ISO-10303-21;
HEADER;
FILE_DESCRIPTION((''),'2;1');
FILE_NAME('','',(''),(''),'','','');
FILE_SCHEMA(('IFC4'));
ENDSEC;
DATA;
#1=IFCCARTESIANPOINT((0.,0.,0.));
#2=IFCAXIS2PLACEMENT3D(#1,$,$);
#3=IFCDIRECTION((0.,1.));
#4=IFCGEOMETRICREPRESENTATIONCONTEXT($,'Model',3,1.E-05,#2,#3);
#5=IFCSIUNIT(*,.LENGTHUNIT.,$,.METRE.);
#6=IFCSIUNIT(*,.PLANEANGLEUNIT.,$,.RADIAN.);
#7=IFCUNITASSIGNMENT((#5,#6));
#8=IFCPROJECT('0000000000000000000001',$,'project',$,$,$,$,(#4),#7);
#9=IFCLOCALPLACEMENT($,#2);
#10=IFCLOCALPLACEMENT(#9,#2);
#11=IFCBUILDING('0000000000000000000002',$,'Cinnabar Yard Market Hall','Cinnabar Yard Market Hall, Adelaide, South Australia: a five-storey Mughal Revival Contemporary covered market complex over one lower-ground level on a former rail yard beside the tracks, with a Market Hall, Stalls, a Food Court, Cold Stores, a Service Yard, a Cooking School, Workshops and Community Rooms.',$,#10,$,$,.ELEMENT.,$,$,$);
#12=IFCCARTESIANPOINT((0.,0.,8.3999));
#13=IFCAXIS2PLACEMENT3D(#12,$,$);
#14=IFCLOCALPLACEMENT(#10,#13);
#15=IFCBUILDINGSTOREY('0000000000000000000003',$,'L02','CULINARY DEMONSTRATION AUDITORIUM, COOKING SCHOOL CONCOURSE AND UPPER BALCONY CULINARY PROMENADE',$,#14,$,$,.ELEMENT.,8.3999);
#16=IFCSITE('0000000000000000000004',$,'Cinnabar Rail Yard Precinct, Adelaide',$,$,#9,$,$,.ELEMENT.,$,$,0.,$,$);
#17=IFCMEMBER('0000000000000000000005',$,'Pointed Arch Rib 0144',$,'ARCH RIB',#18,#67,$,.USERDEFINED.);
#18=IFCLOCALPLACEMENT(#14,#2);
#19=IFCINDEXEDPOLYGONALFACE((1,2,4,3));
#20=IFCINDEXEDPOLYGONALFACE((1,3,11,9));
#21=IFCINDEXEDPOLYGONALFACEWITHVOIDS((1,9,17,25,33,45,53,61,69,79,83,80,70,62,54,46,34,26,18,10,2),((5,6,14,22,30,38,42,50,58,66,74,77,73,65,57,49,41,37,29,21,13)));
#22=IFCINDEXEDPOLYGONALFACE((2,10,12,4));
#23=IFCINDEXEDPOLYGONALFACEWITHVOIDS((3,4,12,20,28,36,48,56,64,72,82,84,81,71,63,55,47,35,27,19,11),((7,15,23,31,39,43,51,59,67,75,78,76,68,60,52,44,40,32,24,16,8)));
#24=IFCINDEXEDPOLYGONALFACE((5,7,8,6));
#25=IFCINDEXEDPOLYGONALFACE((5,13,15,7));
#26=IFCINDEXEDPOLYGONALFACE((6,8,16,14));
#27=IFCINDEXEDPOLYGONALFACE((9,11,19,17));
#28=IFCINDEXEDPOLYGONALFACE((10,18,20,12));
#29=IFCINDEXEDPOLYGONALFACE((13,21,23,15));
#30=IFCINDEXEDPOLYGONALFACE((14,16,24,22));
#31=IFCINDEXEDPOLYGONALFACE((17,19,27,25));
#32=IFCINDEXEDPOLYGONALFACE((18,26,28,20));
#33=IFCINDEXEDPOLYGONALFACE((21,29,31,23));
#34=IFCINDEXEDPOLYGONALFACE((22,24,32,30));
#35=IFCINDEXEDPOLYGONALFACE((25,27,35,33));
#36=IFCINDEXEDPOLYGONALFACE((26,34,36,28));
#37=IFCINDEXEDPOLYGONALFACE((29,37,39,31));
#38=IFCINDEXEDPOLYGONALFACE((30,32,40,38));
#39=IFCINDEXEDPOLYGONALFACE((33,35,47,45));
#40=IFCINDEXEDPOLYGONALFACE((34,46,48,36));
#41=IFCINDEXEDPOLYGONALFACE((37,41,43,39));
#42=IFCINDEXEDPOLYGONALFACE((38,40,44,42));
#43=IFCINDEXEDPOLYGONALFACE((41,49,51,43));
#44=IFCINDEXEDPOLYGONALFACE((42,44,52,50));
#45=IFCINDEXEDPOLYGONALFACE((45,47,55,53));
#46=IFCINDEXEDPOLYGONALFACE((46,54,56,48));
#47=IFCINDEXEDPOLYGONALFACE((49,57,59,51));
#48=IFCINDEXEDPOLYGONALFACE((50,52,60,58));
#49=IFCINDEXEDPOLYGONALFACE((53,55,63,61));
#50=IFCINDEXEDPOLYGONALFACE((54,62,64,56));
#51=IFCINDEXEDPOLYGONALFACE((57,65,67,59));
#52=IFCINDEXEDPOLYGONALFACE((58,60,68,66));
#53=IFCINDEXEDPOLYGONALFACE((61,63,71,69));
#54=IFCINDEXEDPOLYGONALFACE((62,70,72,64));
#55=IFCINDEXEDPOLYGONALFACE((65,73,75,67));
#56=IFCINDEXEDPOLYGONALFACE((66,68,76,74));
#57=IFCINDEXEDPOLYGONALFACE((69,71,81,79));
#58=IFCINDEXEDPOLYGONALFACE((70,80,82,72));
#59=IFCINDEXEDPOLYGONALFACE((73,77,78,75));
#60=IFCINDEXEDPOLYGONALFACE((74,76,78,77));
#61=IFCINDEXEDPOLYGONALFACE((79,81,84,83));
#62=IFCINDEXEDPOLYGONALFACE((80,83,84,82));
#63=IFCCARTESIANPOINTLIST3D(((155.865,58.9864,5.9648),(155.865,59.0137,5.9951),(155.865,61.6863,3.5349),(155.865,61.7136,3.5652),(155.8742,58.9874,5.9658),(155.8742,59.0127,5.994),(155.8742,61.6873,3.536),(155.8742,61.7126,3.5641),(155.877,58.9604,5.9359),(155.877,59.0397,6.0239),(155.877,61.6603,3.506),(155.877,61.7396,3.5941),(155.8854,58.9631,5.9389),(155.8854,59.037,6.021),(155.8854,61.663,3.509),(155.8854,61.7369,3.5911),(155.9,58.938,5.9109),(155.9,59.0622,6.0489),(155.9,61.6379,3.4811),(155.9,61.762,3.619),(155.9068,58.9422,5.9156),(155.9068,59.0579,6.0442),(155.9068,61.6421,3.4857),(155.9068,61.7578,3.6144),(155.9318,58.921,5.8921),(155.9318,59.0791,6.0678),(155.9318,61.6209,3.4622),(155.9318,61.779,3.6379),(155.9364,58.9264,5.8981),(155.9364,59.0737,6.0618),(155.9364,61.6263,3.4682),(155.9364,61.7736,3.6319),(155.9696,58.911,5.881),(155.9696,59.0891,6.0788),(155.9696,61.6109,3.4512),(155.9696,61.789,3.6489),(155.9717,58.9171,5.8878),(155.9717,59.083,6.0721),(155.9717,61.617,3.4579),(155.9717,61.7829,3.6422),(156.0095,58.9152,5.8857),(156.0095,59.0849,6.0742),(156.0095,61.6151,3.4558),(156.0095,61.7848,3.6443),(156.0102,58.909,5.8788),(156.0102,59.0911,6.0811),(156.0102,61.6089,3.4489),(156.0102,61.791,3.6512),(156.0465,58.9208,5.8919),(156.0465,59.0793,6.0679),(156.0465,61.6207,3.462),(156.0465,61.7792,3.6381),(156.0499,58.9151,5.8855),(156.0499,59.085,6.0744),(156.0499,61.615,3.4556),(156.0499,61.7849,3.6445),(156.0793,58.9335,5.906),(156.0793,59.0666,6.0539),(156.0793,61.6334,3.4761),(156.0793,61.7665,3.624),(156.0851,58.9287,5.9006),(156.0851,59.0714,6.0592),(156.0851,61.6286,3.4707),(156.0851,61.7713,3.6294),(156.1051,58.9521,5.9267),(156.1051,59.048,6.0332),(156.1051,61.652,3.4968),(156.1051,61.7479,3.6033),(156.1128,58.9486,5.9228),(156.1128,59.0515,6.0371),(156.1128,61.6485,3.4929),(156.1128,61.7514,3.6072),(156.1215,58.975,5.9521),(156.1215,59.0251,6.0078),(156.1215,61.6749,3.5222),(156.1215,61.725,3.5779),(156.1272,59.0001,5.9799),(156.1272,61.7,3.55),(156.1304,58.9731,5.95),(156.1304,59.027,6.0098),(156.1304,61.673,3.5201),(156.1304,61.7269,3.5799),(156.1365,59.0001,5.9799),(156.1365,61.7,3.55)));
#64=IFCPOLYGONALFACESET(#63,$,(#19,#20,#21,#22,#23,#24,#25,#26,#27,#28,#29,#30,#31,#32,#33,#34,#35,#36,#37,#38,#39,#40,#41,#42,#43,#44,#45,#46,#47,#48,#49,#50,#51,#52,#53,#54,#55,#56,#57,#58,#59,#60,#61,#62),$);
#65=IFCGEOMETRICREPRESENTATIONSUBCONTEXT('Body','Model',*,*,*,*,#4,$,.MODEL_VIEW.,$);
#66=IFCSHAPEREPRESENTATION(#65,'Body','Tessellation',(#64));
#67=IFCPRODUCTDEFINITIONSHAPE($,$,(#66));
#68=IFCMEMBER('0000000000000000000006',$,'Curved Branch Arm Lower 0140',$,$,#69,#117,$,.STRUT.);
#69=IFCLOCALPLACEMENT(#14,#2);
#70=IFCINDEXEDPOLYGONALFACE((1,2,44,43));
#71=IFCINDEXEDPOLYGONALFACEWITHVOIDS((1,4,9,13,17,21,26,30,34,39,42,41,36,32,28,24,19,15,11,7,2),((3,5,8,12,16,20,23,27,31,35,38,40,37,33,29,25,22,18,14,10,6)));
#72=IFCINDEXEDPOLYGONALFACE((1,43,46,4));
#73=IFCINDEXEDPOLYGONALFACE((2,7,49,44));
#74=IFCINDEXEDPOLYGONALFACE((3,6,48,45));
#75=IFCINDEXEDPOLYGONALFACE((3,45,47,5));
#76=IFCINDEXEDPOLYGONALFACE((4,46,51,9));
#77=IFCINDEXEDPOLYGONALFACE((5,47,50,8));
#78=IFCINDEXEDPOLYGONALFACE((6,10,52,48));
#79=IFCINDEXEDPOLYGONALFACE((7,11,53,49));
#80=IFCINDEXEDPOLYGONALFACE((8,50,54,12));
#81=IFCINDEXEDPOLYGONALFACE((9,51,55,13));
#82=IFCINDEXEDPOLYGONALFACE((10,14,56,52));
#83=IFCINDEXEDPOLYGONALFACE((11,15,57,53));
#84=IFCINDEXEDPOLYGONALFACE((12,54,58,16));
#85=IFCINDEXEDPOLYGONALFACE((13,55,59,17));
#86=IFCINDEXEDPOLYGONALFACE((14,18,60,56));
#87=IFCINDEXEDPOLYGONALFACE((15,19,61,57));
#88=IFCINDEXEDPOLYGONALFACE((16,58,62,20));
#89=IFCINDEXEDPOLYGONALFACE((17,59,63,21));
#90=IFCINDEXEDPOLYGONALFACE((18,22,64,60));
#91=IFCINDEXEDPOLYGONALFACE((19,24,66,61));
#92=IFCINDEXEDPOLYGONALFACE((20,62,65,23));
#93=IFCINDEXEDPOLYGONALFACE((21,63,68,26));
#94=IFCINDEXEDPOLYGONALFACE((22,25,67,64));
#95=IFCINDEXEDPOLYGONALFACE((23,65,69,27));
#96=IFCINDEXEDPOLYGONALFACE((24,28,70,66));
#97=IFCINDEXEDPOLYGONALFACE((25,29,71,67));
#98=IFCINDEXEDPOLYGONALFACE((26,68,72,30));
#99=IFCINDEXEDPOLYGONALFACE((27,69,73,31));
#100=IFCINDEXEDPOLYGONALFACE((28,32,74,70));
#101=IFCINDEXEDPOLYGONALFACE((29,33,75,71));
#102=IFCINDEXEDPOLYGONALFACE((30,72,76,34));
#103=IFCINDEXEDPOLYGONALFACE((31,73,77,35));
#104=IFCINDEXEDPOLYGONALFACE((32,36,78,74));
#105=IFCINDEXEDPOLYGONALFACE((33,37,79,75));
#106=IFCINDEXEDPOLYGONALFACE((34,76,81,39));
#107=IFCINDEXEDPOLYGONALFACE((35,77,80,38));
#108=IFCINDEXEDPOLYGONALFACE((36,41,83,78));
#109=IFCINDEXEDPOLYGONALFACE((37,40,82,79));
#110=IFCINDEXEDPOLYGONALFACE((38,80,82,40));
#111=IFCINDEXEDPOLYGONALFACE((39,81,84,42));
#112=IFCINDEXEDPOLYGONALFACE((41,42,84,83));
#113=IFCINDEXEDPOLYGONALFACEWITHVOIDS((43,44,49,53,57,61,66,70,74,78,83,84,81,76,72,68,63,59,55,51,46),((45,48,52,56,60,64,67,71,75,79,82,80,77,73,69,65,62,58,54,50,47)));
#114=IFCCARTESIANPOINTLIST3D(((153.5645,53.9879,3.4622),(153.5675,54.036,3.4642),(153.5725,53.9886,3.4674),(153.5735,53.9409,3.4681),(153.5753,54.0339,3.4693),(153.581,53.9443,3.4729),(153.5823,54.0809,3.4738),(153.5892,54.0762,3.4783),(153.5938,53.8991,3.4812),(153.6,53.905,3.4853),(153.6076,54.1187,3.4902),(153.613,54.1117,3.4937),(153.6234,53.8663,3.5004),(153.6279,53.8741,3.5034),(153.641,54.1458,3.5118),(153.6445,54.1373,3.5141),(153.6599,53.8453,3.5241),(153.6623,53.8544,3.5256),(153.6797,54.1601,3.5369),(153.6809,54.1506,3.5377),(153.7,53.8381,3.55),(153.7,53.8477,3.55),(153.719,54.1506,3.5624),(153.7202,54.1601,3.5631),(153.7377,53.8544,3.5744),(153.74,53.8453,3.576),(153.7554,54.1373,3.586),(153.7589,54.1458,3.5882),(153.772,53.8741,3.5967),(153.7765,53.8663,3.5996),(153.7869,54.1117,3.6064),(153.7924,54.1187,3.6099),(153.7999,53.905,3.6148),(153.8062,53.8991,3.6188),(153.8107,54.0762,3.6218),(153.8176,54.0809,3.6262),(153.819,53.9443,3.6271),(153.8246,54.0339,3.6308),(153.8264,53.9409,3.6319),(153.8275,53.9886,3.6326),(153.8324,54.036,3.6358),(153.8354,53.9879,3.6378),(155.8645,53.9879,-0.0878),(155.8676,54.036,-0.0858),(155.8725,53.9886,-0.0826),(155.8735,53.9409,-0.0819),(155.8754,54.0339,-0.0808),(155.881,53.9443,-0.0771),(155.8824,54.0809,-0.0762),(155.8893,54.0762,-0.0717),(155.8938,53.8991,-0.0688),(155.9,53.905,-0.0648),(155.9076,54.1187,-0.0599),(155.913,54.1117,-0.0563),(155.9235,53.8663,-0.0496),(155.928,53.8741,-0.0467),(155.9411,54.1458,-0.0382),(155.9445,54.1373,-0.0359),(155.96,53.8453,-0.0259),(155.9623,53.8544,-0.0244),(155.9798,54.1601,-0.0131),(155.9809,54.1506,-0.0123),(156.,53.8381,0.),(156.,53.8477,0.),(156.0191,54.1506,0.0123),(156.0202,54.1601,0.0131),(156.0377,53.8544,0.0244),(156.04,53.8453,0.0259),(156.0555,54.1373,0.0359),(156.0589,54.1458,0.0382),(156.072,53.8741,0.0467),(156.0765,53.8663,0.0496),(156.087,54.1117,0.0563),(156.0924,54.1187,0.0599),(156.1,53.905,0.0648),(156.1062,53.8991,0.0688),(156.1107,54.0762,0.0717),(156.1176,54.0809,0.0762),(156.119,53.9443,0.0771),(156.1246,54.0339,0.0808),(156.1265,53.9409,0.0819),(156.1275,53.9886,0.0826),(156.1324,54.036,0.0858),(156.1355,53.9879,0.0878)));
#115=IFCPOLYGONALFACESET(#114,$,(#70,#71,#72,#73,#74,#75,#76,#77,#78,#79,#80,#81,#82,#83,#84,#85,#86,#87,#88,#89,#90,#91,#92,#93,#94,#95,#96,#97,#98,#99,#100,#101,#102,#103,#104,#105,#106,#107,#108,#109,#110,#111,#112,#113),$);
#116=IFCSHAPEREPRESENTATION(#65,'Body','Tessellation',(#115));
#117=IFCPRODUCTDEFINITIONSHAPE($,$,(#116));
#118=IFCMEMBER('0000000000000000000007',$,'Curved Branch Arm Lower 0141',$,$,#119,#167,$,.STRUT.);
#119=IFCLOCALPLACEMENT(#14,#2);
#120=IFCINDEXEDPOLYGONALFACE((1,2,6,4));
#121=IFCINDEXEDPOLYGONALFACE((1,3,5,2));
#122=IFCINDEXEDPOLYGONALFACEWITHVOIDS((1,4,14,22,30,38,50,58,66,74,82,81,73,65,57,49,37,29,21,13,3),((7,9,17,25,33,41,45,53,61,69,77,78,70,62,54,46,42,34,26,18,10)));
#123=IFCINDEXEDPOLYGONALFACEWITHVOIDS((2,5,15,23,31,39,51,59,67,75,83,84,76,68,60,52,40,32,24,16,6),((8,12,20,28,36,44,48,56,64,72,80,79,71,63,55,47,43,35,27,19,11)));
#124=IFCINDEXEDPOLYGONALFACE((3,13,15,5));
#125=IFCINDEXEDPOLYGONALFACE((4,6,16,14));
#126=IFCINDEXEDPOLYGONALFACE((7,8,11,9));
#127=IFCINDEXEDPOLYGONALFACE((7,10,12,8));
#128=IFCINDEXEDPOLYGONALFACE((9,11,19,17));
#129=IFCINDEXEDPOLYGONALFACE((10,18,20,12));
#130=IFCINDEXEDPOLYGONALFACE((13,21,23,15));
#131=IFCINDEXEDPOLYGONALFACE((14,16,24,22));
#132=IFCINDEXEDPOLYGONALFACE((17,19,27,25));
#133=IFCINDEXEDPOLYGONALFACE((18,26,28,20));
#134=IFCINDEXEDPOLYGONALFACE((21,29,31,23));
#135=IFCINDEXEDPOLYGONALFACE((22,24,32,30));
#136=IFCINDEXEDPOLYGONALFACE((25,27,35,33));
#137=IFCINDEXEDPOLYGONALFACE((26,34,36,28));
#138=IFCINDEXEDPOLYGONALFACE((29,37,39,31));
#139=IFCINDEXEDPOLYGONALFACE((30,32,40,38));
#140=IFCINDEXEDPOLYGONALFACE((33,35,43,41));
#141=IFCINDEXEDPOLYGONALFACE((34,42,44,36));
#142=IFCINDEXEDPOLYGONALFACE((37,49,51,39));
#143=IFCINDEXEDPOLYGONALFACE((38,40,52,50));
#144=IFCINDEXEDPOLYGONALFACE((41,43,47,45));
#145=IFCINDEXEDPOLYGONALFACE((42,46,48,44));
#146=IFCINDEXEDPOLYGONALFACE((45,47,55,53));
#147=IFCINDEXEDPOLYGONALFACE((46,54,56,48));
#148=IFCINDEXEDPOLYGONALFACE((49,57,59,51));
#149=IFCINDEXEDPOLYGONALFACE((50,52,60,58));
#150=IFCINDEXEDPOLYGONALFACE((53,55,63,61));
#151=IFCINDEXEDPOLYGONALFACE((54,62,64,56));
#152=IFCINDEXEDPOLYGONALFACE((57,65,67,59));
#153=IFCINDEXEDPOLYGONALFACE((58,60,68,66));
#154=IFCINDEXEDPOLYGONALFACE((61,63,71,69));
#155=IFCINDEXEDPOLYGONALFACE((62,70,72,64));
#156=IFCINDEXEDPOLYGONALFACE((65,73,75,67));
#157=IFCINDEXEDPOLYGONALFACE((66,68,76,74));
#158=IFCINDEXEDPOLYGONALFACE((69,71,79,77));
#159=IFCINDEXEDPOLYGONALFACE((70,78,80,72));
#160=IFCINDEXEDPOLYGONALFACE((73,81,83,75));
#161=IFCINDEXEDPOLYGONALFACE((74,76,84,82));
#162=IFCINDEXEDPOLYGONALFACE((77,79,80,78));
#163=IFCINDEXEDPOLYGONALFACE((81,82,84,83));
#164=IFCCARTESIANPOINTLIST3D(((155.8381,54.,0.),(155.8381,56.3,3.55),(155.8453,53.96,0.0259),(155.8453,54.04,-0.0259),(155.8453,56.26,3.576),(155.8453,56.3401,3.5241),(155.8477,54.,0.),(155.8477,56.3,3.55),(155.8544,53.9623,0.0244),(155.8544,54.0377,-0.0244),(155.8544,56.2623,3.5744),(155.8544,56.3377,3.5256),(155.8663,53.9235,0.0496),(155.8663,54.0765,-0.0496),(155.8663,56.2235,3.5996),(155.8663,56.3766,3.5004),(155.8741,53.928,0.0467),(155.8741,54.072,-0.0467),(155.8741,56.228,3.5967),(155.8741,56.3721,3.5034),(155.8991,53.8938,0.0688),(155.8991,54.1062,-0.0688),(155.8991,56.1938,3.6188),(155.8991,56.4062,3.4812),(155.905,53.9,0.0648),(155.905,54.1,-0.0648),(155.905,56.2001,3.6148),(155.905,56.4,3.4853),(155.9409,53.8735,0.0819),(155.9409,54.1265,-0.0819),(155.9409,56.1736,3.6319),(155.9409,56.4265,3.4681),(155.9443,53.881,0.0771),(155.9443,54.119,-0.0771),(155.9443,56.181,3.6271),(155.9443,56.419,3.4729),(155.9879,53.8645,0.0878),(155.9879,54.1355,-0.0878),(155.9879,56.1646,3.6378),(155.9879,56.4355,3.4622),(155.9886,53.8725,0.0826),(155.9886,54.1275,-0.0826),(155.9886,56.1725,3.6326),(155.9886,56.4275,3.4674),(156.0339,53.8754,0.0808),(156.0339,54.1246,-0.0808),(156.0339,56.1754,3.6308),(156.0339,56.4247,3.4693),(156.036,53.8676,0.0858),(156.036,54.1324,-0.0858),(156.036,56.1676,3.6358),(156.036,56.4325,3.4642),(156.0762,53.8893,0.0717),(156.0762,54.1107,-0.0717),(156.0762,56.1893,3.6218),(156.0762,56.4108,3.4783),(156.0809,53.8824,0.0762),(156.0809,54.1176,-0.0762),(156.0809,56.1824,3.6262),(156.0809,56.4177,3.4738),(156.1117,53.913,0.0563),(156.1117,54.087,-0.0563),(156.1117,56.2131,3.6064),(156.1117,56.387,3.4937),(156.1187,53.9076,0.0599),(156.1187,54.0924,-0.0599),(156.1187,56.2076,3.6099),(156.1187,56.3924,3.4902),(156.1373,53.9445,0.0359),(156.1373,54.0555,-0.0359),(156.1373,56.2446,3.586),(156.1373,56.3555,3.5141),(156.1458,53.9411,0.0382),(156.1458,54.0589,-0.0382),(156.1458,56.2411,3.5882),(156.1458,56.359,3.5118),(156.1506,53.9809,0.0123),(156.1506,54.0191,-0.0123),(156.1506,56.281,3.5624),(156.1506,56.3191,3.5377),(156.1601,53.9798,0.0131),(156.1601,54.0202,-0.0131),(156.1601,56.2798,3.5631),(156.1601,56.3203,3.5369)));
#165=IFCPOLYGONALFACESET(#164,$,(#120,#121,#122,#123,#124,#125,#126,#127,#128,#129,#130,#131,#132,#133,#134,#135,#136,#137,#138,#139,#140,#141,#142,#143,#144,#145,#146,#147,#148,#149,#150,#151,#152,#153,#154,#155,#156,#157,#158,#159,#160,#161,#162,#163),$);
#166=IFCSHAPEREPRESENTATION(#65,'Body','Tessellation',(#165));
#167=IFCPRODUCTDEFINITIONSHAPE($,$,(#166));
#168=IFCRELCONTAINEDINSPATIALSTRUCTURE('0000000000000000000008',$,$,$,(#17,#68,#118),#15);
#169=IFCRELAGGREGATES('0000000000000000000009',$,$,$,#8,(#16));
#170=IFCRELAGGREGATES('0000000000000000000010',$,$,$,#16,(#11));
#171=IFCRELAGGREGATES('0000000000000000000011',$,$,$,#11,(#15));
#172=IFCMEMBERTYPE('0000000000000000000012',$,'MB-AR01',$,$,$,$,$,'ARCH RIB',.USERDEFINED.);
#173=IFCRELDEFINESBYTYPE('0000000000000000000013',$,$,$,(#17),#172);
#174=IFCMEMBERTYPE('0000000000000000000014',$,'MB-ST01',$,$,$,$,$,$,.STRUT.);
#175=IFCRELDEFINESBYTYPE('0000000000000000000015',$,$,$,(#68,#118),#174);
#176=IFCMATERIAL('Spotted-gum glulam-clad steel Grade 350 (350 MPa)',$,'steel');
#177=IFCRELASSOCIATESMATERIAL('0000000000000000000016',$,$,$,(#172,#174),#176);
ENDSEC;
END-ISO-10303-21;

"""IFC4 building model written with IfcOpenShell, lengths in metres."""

from ifc_helpers import new_model, si_unit, direction, frame, origin, origin_2d_with_axis, place, context, subcontext, project, spatial, hollow_circle, extrude, material, material_profile, profile_set, type_object, element, save


model = new_model("IFC4")

# Units and contexts
model_context = context("Model", 3, precision=1e-05, world=origin(), true_north=direction((0.0, 1.0)))
body_context = subcontext(model_context, "Body", "Model", "MODEL_VIEW")
ifc_project = project(units=[si_unit("LENGTHUNIT", "METRE"), si_unit("PLANEANGLEUNIT", "RADIAN")], contexts=[model_context])

# Site, building, storey
site_placement = place(None, origin())
site = spatial("IfcSite", under=ifc_project, at=site_placement, Name="Cinnabar Rail Yard Precinct, Adelaide", CompositionType="ELEMENT", RefElevation=0.0)
building_placement = place(site_placement, origin())
building = spatial("IfcBuilding", under=site, at=building_placement, Name="Cinnabar Yard Market Hall", Description="Cinnabar Yard Market Hall, Adelaide, South Australia: a five-storey Mughal Revival Contemporary covered market complex over one lower-ground level on a former rail yard beside the tracks, with a Market Hall, Stalls, a Food Court, Cold Stores, a Service Yard, a Cooking School, Workshops and Community Rooms.", CompositionType="ELEMENT")
storey_placement = place(building_placement, frame((0.0, 0.0, 8.3999)))
storey = spatial("IfcBuildingStorey", under=building, at=storey_placement, Name="L02", Description="CULINARY DEMONSTRATION AUDITORIUM, COOKING SCHOOL CONCOURSE AND UPPER BALCONY CULINARY PROMENADE", CompositionType="ELEMENT", Elevation=8.3999)

# Shared definitions
ifc_material_1 = material(Name="Spotted-gum glulam-clad steel Grade 350 (350 MPa)", Category="steel")

# Members
ifc_material_profile_1 = material_profile(ifc_material_1, hollow_circle(Radius=0.1365, WallThickness=0.0093, at=origin_2d_with_axis()), Name="273.1x9.3CHS")
ifc_profile_set_1 = profile_set([ifc_material_profile_1], Name="Spotted-gum glulam-clad steel Grade 350 (350 MPa)")
member_type_1 = type_object("IfcMemberType", Name="MB-AR01", ElementType="ARCH RIB", PredefinedType="USERDEFINED", material=ifc_profile_set_1)
for number, where, z_axis, x_axis, name in (
    (1, (156.0, 61.7, 3.55), (0.0, -0.743297, 0.668961), (1.0, 0.0, 0.0), "Pointed Arch Rib 0144"),
):
    element("IfcMember", number, at=place(storey_placement, frame(where, z_axis=z_axis, x_axis=x_axis)), inside=storey, type_object=member_type_1, Name=name, ObjectType="ARCH RIB", PredefinedType="USERDEFINED", context=body_context, shape_type="SweptSolid", body=[
        extrude(hollow_circle(Radius=0.1365, WallThickness=0.0093, at=origin_2d_with_axis()), origin(), (0.0, 0.0, 1.0), 3.6323),
    ])
ifc_material_profile_2 = material_profile(ifc_material_1, hollow_circle(Radius=0.1619, WallThickness=0.0095, at=origin_2d_with_axis()), Name="323.9x9.5CHS")
ifc_profile_set_2 = profile_set([ifc_material_profile_2], Name="Spotted-gum glulam-clad steel Grade 350 (350 MPa)")
member_type_2 = type_object("IfcMemberType", Name="MB-ST01", PredefinedType="STRUT", material=ifc_profile_set_2)
for number, where, z_axis, x_axis, name in (
    (2, (156.0, 54.0, 0.0), (-0.543744, 0.0, 0.839251), (0.0, -1.0, 0.0), "Curved Branch Arm Lower 0140"),
    (3, (156.0, 54.0, 0.0), (0.0, 0.543744, 0.839251), (-1.0, 0.0, 0.0), "Curved Branch Arm Lower 0141"),
):
    element("IfcMember", number, at=place(storey_placement, frame(where, z_axis=z_axis, x_axis=x_axis)), inside=storey, type_object=member_type_2, Name=name, PredefinedType="STRUT", context=body_context, shape_type="SweptSolid", body=[
        extrude(hollow_circle(Radius=0.1619, WallThickness=0.0095, at=origin_2d_with_axis()), origin(), (0.0, 0.0, 1.0), 4.23),
    ])

save(model, "model.ifc")
